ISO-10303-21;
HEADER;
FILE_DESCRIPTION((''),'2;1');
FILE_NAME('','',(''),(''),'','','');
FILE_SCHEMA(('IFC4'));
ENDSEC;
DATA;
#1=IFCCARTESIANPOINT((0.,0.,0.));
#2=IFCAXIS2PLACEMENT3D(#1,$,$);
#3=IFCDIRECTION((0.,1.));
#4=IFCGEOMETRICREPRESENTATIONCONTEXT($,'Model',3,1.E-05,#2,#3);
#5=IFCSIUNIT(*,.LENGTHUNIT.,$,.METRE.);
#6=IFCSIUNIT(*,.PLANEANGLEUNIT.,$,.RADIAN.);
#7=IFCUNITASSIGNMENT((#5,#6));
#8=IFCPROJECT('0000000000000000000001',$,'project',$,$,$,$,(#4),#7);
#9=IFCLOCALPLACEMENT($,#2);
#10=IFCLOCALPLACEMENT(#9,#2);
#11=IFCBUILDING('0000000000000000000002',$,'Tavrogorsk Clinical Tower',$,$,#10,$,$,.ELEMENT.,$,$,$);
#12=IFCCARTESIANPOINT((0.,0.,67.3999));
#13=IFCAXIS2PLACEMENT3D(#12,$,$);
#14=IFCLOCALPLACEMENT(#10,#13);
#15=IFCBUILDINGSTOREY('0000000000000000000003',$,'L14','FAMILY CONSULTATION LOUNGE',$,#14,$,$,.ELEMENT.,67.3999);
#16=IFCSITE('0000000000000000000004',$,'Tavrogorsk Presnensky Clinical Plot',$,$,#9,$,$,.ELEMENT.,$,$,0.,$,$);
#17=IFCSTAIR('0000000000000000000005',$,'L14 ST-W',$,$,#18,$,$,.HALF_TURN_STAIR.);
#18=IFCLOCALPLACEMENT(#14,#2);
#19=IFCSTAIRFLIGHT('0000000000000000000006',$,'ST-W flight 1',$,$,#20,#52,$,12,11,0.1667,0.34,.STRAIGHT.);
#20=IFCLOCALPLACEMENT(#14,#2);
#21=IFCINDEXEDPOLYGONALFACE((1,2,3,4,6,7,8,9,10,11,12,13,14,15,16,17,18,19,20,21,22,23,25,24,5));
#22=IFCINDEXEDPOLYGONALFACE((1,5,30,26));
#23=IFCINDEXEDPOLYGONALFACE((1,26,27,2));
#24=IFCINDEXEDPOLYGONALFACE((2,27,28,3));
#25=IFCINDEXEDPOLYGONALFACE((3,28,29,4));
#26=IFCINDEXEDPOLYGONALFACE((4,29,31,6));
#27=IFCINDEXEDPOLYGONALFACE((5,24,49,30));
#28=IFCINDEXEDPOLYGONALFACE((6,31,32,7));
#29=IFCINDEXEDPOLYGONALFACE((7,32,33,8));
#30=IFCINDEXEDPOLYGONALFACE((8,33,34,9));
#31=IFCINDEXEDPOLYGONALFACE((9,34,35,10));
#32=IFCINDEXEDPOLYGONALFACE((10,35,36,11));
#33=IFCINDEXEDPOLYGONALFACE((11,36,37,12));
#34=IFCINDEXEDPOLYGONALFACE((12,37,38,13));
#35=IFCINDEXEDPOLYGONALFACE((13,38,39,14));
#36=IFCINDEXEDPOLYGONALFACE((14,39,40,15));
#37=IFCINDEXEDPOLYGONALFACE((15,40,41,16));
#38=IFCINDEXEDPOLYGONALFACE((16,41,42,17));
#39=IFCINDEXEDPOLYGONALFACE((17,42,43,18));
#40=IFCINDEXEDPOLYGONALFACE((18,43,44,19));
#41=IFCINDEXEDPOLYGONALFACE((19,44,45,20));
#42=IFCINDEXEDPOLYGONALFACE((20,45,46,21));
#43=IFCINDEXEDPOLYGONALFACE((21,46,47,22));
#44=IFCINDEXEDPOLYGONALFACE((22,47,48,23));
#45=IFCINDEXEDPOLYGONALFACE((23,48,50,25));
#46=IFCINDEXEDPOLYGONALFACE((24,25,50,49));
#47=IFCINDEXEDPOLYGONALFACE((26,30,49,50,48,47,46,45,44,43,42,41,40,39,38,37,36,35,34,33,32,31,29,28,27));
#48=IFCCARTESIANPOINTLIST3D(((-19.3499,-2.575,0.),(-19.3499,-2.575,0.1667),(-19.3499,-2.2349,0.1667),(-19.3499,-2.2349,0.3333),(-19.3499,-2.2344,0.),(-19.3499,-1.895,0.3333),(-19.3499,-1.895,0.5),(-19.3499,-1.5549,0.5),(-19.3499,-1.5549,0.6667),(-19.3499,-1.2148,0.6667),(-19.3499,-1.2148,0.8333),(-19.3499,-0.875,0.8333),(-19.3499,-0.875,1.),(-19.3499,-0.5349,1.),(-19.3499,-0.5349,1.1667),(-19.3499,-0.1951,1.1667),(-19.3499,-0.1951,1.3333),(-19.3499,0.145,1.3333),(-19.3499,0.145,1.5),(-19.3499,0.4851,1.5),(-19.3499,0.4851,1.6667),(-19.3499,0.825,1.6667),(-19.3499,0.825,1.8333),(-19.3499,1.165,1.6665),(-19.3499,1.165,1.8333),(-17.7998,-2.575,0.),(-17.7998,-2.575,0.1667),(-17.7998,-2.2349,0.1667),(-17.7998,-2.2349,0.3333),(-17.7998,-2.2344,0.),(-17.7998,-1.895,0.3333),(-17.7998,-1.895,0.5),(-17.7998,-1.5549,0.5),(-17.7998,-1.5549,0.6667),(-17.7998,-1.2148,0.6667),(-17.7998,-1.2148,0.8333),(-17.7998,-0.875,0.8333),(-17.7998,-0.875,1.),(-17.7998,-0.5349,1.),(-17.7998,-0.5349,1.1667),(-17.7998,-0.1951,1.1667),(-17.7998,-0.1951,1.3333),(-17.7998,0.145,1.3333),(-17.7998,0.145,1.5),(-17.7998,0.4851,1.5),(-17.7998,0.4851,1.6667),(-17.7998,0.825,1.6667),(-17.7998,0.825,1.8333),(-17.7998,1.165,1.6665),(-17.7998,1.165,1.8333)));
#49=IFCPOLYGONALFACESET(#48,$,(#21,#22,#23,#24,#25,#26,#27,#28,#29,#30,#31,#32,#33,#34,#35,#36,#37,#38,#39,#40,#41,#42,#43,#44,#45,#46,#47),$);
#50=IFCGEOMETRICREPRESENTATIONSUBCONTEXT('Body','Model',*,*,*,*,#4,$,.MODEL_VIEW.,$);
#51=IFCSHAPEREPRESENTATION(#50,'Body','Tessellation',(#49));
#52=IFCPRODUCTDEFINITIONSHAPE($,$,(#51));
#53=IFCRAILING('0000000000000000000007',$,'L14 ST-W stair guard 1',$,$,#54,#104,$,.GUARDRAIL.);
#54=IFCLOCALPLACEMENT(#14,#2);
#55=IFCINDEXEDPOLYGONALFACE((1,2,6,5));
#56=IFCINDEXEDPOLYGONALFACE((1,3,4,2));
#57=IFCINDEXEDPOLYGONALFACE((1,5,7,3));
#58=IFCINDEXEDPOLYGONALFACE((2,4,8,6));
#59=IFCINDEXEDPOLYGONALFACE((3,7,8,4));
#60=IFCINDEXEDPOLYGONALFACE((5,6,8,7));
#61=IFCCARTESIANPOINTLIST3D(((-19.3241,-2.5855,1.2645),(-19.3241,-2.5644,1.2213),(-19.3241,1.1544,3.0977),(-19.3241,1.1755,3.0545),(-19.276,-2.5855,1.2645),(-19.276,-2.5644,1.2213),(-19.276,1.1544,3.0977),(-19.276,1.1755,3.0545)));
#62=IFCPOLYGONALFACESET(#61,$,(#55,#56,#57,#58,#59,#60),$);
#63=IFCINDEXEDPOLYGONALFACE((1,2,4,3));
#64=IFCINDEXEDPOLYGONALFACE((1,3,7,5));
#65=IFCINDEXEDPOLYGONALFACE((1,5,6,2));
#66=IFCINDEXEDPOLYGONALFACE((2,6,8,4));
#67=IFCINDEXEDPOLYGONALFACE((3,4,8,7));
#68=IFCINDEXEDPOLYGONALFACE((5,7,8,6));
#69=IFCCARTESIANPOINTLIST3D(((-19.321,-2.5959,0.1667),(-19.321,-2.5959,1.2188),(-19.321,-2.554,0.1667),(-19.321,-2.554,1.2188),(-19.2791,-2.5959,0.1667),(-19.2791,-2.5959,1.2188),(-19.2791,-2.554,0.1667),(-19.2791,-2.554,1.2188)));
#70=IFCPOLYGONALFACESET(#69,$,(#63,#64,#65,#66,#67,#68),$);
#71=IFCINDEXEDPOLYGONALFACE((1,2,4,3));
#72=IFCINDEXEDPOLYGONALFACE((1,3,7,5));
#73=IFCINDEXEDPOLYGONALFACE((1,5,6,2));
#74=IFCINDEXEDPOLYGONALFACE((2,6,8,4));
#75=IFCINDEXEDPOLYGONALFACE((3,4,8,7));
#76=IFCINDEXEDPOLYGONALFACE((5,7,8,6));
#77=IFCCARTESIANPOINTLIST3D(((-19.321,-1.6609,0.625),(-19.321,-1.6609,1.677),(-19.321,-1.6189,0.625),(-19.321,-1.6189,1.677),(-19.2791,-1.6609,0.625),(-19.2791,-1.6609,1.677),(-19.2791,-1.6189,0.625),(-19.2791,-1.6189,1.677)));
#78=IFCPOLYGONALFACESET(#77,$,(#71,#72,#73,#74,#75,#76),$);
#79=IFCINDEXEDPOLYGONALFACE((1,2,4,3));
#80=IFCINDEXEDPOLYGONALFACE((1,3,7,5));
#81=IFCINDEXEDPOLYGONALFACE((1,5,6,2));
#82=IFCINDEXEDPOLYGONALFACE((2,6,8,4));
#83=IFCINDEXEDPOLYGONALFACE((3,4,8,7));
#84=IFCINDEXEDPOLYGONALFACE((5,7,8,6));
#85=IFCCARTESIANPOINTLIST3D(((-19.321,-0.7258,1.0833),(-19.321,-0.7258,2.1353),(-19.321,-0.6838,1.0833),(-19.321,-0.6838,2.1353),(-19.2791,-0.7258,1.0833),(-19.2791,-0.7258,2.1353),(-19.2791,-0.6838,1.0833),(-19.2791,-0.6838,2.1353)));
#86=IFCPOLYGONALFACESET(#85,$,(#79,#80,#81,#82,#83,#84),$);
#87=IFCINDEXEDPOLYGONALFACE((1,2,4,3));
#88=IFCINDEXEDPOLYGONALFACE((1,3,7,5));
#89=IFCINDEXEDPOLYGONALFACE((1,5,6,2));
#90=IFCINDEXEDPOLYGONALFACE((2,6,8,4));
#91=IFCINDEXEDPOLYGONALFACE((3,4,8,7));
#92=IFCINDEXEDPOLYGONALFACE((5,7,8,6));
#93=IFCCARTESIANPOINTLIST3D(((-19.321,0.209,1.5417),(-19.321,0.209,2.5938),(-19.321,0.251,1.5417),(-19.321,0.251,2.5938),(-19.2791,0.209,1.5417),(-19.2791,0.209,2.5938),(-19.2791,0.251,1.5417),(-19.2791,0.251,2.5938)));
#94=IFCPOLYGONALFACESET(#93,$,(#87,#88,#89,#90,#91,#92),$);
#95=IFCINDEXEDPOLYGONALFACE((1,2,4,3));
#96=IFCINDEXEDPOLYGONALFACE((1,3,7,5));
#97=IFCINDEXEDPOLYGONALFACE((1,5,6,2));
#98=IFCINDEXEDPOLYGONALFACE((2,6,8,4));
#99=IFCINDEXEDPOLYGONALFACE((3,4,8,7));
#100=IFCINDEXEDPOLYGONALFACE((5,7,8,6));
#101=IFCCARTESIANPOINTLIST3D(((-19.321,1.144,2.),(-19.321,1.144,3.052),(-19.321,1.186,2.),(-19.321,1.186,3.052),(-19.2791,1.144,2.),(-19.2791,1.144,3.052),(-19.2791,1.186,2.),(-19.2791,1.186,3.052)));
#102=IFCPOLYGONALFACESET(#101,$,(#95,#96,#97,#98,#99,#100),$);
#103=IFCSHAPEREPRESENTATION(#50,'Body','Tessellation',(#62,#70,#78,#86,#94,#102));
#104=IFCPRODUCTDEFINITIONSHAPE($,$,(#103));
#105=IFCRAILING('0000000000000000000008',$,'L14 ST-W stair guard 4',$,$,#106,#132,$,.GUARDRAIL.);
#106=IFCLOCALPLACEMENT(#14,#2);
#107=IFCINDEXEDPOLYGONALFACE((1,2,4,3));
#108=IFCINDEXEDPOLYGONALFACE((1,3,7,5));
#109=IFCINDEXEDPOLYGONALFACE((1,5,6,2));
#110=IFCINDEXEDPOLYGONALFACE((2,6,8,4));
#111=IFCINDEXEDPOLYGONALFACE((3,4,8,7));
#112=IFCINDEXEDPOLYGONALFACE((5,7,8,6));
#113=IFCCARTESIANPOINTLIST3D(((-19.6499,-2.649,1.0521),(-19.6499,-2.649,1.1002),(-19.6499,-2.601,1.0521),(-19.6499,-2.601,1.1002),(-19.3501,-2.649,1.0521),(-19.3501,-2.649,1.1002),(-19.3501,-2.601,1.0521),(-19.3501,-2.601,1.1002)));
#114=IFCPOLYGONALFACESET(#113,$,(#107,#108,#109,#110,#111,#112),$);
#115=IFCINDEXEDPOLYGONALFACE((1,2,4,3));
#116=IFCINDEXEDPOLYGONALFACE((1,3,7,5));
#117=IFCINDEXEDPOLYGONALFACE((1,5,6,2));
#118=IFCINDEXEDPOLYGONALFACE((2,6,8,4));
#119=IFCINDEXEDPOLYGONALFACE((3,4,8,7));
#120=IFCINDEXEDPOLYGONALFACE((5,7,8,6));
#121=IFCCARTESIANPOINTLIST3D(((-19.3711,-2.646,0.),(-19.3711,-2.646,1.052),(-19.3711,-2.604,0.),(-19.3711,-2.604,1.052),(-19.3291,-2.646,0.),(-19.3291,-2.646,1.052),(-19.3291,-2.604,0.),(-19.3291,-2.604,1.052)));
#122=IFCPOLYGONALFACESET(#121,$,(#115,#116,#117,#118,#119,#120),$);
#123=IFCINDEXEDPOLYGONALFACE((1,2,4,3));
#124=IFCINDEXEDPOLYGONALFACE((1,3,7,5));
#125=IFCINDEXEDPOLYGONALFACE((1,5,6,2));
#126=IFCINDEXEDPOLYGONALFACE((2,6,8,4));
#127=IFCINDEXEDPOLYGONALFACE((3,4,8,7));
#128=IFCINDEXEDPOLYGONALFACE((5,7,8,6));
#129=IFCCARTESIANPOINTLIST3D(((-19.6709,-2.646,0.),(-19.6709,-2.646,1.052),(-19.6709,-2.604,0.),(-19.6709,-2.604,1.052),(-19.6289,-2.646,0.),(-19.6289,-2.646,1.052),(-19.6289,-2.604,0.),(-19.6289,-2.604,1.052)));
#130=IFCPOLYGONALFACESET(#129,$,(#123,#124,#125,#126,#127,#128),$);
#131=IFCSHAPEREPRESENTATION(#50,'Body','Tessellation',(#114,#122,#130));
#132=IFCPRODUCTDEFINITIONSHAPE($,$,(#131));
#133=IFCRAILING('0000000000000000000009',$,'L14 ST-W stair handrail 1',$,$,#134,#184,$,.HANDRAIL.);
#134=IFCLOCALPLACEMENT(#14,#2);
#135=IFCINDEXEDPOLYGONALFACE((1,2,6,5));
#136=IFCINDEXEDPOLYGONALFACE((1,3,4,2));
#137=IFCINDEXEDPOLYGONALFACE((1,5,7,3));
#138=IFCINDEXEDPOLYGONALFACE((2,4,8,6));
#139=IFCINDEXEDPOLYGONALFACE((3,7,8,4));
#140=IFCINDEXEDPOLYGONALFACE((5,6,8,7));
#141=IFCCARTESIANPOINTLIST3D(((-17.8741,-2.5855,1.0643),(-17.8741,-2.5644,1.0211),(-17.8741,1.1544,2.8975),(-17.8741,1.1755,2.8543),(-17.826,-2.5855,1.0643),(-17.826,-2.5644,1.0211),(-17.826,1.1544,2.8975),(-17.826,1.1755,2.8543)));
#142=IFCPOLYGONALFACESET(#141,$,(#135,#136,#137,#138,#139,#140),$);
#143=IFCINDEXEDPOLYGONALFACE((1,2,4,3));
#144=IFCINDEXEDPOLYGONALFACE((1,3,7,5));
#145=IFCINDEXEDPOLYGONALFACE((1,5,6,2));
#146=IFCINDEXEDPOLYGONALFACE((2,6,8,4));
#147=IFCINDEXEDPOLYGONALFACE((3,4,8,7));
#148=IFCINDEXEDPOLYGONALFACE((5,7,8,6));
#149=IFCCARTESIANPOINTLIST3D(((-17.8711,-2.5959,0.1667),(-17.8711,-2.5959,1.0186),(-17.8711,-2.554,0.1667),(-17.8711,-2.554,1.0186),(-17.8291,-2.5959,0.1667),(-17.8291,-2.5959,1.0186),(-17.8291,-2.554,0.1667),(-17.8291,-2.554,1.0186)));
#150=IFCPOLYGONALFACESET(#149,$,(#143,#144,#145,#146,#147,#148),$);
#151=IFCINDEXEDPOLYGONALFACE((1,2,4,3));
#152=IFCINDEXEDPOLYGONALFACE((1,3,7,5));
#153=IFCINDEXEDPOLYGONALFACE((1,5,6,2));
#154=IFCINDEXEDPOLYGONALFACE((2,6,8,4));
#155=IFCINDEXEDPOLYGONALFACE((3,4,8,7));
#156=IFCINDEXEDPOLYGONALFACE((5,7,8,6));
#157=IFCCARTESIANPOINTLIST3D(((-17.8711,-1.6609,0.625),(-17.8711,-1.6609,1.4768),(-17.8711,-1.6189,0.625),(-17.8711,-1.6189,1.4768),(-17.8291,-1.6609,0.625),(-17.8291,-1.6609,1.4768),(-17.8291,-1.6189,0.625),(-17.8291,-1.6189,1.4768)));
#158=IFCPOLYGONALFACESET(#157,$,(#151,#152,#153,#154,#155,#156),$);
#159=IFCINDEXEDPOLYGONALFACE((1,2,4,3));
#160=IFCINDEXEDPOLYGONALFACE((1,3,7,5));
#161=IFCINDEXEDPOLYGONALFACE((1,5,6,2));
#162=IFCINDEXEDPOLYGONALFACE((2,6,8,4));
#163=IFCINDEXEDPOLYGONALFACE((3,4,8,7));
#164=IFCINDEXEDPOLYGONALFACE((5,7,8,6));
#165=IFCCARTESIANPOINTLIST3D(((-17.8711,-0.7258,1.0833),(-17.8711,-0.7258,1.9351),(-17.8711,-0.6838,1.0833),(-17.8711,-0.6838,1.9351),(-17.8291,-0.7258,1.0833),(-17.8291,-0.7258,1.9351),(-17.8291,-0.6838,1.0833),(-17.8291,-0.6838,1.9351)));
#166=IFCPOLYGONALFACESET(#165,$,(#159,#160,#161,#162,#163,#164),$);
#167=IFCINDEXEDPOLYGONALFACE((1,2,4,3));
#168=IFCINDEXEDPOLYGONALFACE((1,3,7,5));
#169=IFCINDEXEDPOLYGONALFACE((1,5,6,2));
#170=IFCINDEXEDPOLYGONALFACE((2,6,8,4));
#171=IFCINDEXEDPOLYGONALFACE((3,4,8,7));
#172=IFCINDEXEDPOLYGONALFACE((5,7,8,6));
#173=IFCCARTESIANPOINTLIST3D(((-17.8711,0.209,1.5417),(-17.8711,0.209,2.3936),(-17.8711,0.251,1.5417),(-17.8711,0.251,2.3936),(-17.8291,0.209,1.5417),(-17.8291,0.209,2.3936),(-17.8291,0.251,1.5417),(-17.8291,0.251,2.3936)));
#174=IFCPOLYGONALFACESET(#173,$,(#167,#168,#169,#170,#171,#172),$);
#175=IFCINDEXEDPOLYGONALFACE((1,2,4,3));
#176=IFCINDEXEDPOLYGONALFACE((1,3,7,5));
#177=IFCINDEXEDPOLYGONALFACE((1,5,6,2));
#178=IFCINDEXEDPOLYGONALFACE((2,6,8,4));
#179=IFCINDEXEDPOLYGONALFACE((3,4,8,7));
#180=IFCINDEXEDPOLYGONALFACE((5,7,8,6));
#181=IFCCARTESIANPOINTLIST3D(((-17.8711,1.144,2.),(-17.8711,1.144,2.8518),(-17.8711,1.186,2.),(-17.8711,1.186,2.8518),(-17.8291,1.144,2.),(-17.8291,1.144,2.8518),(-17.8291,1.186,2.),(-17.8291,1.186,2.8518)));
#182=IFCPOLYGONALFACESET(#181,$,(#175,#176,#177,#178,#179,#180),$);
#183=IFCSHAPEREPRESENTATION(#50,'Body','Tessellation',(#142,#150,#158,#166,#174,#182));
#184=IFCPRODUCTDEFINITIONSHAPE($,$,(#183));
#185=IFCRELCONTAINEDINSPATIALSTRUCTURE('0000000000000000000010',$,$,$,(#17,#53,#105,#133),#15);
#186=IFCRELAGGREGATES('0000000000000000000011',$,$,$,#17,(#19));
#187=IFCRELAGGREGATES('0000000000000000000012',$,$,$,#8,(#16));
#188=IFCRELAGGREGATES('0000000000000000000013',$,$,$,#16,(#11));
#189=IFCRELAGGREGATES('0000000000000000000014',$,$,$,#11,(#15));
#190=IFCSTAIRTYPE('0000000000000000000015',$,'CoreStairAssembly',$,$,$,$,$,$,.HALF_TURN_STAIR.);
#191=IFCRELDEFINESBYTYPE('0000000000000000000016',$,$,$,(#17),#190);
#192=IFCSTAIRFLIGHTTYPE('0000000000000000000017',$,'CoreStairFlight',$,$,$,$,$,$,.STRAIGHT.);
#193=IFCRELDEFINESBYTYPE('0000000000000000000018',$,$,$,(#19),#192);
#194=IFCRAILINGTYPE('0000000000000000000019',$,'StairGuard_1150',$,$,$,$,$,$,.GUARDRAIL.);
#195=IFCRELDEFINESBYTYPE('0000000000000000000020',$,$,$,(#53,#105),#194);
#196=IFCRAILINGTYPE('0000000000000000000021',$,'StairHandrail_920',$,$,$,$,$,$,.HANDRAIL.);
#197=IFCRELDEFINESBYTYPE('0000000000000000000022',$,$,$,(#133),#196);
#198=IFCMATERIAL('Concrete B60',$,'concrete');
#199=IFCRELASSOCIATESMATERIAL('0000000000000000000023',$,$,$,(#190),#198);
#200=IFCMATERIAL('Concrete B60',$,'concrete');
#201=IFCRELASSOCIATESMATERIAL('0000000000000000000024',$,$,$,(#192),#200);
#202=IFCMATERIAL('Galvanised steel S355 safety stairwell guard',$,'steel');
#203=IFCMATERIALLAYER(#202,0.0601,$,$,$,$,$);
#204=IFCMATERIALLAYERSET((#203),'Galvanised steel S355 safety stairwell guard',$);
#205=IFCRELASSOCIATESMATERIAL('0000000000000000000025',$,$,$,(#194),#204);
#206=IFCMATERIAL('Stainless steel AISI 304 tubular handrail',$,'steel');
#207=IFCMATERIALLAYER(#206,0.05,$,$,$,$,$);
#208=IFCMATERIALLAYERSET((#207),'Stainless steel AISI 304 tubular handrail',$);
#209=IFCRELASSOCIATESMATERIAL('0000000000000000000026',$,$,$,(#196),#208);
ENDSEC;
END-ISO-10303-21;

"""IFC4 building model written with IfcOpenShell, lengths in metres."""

from ifc_helpers import new_model, si_unit, direction, frame, origin, origin_2d, place, context, subcontext, project, spatial, polyline, rectangle, outline, extrude, material, layer, layer_set, type_object, element, aggregate, save


model = new_model("IFC4")

# Units and contexts
model_context = context("Model", 3, precision=1e-05, world=origin(), true_north=direction((0.0, 1.0)))
body_context = subcontext(model_context, "Body", "Model", "MODEL_VIEW")
ifc_project = project(units=[si_unit("LENGTHUNIT", "METRE"), si_unit("PLANEANGLEUNIT", "RADIAN")], contexts=[model_context])

# Site, building, storey
site_placement = place(None, origin())
site = spatial("IfcSite", under=ifc_project, at=site_placement, Name="Tavrogorsk Presnensky Clinical Plot", CompositionType="ELEMENT", RefElevation=0.0)
building_placement = place(site_placement, origin())
building = spatial("IfcBuilding", under=site, at=building_placement, Name="Tavrogorsk Clinical Tower", CompositionType="ELEMENT")
storey_placement = place(building_placement, frame((0.0, 0.0, 67.3999)))
storey = spatial("IfcBuildingStorey", under=building, at=storey_placement, Name="L14", Description="FAMILY CONSULTATION LOUNGE", CompositionType="ELEMENT", Elevation=67.3999)

# Stair, stair flight
ifc_material_1 = material(Name="Concrete B60", Category="concrete")
stair_type = type_object("IfcStairType", Name="CoreStairAssembly", PredefinedType="HALF_TURN_STAIR", material=ifc_material_1)
stair_placement = place(storey_placement, origin())
stair = element("IfcStair", 1, at=stair_placement, inside=storey, type_object=stair_type, Name="L14 ST-W", PredefinedType="HALF_TURN_STAIR")
ifc_material_2 = material(Name="Concrete B60", Category="concrete")
stair_flight_type = type_object("IfcStairFlightType", Name="CoreStairFlight", PredefinedType="STRAIGHT", material=ifc_material_2)
stair_flight_placement = place(storey_placement, frame((-18.575, -2.575, 0.0), z_axis=(0.0, 0.0, 1.0), x_axis=(0.0, 1.0, 0.0)))
stair_flight = element("IfcStairFlight", 2, at=stair_flight_placement, type_object=stair_flight_type, Name="ST-W flight 1", NumberOfRisers=12, NumberOfTreads=11, PredefinedType="STRAIGHT", RiserHeight=0.1667, TreadLength=0.34, context=body_context, shape_type="SweptSolid", body=[
    extrude(outline(polyline([(0.0, 0.0), (0.0, 0.1667), (0.3401, 0.1667), (0.3401, 0.3333), (0.6799, 0.3333), (0.6799, 0.5), (1.02, 0.5), (1.02, 0.6667), (1.3601, 0.6667), (1.3601, 0.8333), (1.7, 0.8333), (1.7, 1.0), (2.04, 1.0), (2.04, 1.1667), (2.3799, 1.1667), (2.3799, 1.3333), (2.72, 1.3333), (2.72, 1.5), (3.0601, 1.5), (3.0601, 1.6667), (3.3999, 1.6667), (3.3999, 1.8333), (3.74, 1.8333), (3.74, 2.0), (3.74, 1.6665), (0.3406, 0.0), (0.0, 0.0)])), frame((0.0, 0.7749, 0.0), z_axis=(0.0, -1.0, 0.0), x_axis=(1.0, 0.0, 0.0)), (0.0, 0.0, 1.0), 1.55),
])
aggregate(stair, [stair_flight])

# Railings
ifc_material_3 = material(Name="Galvanised steel S355 safety stairwell guard", Category="steel")
ifc_layer_1 = layer(ifc_material_3, 0.0601)
ifc_layer_set_1 = layer_set([ifc_layer_1], Name="Galvanised steel S355 safety stairwell guard")
railing_type_1 = type_object("IfcRailingType", Name="StairGuard_1150", PredefinedType="GUARDRAIL", material=ifc_layer_set_1)
railing_1_placement = place(storey_placement, frame((-19.3, -2.575, 0.1667)))
element("IfcRailing", 3, at=railing_1_placement, inside=storey, type_object=railing_type_1, Name="L14 ST-W stair guard 1", PredefinedType="GUARDRAIL", context=body_context, shape_type="SweptSolid", body=[
    extrude(rectangle(XDim=0.0481, YDim=0.0481, at=origin_2d()), frame((0.0, 0.0, 1.0762), z_axis=(0.0, 0.897928, 0.440142), x_axis=(-1.0, 0.0, 0.0)), (0.0, 0.0, 1.0), 4.165),
    extrude(rectangle(XDim=0.042, YDim=0.042, at=origin_2d()), origin(), (0.0, 0.0, 1.0), 1.052),
    extrude(rectangle(XDim=0.042, YDim=0.042, at=origin_2d()), frame((0.0, 0.9351, 0.4583)), (0.0, 0.0, 1.0), 1.052),
    extrude(rectangle(XDim=0.042, YDim=0.042, at=origin_2d()), frame((0.0, 1.8701, 0.9165)), (0.0, 0.0, 1.0), 1.052),
    extrude(rectangle(XDim=0.042, YDim=0.042, at=origin_2d()), frame((0.0, 2.8049, 1.375)), (0.0, 0.0, 1.0), 1.052),
    extrude(rectangle(XDim=0.042, YDim=0.042, at=origin_2d()), frame((0.0, 3.74, 1.8333)), (0.0, 0.0, 1.0), 1.052),
])
railing_2_placement = place(storey_placement, frame((-19.3501, -2.625, 0.0)))
element("IfcRailing", 4, at=railing_2_placement, inside=storey, type_object=railing_type_1, Name="L14 ST-W stair guard 4", PredefinedType="GUARDRAIL", context=body_context, shape_type="SweptSolid", body=[
    extrude(rectangle(XDim=0.0481, YDim=0.0481, at=origin_2d()), frame((0.0, 0.0, 1.0762), z_axis=(-1.0, 0.0, 0.0), x_axis=(0.0, -1.0, 0.0)), (0.0, 0.0, 1.0), 0.2998),
    extrude(rectangle(XDim=0.042, YDim=0.042, at=origin_2d()), origin(), (0.0, 0.0, 1.0), 1.052),
    extrude(rectangle(XDim=0.042, YDim=0.042, at=origin_2d()), frame((-0.2998, 0.0, 0.0)), (0.0, 0.0, 1.0), 1.052),
])
ifc_material_4 = material(Name="Stainless steel AISI 304 tubular handrail", Category="steel")
ifc_layer_2 = layer(ifc_material_4, 0.05)
ifc_layer_set_2 = layer_set([ifc_layer_2], Name="Stainless steel AISI 304 tubular handrail")
railing_type_2 = type_object("IfcRailingType", Name="StairHandrail_920", PredefinedType="HANDRAIL", material=ifc_layer_set_2)
railing_3_placement = place(storey_placement, frame((-17.8501, -2.575, 0.1667)))
element("IfcRailing", 5, at=railing_3_placement, inside=storey, type_object=railing_type_2, Name="L14 ST-W stair handrail 1", PredefinedType="HANDRAIL", context=body_context, shape_type="SweptSolid", body=[
    extrude(rectangle(XDim=0.0481, YDim=0.0481, at=origin_2d()), frame((0.0, 0.0, 0.876), z_axis=(0.0, 0.897928, 0.440142), x_axis=(-1.0, 0.0, 0.0)), (0.0, 0.0, 1.0), 4.165),
    extrude(rectangle(XDim=0.042, YDim=0.042, at=origin_2d()), origin(), (0.0, 0.0, 1.0), 0.8518),
    extrude(rectangle(XDim=0.042, YDim=0.042, at=origin_2d()), frame((0.0, 0.9351, 0.4583)), (0.0, 0.0, 1.0), 0.8518),
    extrude(rectangle(XDim=0.042, YDim=0.042, at=origin_2d()), frame((0.0, 1.8701, 0.9165)), (0.0, 0.0, 1.0), 0.8518),
    extrude(rectangle(XDim=0.042, YDim=0.042, at=origin_2d()), frame((0.0, 2.8049, 1.375)), (0.0, 0.0, 1.0), 0.8518),
    extrude(rectangle(XDim=0.042, YDim=0.042, at=origin_2d()), frame((0.0, 3.74, 1.8333)), (0.0, 0.0, 1.0), 0.8518),
])

save(model, "model.ifc")
